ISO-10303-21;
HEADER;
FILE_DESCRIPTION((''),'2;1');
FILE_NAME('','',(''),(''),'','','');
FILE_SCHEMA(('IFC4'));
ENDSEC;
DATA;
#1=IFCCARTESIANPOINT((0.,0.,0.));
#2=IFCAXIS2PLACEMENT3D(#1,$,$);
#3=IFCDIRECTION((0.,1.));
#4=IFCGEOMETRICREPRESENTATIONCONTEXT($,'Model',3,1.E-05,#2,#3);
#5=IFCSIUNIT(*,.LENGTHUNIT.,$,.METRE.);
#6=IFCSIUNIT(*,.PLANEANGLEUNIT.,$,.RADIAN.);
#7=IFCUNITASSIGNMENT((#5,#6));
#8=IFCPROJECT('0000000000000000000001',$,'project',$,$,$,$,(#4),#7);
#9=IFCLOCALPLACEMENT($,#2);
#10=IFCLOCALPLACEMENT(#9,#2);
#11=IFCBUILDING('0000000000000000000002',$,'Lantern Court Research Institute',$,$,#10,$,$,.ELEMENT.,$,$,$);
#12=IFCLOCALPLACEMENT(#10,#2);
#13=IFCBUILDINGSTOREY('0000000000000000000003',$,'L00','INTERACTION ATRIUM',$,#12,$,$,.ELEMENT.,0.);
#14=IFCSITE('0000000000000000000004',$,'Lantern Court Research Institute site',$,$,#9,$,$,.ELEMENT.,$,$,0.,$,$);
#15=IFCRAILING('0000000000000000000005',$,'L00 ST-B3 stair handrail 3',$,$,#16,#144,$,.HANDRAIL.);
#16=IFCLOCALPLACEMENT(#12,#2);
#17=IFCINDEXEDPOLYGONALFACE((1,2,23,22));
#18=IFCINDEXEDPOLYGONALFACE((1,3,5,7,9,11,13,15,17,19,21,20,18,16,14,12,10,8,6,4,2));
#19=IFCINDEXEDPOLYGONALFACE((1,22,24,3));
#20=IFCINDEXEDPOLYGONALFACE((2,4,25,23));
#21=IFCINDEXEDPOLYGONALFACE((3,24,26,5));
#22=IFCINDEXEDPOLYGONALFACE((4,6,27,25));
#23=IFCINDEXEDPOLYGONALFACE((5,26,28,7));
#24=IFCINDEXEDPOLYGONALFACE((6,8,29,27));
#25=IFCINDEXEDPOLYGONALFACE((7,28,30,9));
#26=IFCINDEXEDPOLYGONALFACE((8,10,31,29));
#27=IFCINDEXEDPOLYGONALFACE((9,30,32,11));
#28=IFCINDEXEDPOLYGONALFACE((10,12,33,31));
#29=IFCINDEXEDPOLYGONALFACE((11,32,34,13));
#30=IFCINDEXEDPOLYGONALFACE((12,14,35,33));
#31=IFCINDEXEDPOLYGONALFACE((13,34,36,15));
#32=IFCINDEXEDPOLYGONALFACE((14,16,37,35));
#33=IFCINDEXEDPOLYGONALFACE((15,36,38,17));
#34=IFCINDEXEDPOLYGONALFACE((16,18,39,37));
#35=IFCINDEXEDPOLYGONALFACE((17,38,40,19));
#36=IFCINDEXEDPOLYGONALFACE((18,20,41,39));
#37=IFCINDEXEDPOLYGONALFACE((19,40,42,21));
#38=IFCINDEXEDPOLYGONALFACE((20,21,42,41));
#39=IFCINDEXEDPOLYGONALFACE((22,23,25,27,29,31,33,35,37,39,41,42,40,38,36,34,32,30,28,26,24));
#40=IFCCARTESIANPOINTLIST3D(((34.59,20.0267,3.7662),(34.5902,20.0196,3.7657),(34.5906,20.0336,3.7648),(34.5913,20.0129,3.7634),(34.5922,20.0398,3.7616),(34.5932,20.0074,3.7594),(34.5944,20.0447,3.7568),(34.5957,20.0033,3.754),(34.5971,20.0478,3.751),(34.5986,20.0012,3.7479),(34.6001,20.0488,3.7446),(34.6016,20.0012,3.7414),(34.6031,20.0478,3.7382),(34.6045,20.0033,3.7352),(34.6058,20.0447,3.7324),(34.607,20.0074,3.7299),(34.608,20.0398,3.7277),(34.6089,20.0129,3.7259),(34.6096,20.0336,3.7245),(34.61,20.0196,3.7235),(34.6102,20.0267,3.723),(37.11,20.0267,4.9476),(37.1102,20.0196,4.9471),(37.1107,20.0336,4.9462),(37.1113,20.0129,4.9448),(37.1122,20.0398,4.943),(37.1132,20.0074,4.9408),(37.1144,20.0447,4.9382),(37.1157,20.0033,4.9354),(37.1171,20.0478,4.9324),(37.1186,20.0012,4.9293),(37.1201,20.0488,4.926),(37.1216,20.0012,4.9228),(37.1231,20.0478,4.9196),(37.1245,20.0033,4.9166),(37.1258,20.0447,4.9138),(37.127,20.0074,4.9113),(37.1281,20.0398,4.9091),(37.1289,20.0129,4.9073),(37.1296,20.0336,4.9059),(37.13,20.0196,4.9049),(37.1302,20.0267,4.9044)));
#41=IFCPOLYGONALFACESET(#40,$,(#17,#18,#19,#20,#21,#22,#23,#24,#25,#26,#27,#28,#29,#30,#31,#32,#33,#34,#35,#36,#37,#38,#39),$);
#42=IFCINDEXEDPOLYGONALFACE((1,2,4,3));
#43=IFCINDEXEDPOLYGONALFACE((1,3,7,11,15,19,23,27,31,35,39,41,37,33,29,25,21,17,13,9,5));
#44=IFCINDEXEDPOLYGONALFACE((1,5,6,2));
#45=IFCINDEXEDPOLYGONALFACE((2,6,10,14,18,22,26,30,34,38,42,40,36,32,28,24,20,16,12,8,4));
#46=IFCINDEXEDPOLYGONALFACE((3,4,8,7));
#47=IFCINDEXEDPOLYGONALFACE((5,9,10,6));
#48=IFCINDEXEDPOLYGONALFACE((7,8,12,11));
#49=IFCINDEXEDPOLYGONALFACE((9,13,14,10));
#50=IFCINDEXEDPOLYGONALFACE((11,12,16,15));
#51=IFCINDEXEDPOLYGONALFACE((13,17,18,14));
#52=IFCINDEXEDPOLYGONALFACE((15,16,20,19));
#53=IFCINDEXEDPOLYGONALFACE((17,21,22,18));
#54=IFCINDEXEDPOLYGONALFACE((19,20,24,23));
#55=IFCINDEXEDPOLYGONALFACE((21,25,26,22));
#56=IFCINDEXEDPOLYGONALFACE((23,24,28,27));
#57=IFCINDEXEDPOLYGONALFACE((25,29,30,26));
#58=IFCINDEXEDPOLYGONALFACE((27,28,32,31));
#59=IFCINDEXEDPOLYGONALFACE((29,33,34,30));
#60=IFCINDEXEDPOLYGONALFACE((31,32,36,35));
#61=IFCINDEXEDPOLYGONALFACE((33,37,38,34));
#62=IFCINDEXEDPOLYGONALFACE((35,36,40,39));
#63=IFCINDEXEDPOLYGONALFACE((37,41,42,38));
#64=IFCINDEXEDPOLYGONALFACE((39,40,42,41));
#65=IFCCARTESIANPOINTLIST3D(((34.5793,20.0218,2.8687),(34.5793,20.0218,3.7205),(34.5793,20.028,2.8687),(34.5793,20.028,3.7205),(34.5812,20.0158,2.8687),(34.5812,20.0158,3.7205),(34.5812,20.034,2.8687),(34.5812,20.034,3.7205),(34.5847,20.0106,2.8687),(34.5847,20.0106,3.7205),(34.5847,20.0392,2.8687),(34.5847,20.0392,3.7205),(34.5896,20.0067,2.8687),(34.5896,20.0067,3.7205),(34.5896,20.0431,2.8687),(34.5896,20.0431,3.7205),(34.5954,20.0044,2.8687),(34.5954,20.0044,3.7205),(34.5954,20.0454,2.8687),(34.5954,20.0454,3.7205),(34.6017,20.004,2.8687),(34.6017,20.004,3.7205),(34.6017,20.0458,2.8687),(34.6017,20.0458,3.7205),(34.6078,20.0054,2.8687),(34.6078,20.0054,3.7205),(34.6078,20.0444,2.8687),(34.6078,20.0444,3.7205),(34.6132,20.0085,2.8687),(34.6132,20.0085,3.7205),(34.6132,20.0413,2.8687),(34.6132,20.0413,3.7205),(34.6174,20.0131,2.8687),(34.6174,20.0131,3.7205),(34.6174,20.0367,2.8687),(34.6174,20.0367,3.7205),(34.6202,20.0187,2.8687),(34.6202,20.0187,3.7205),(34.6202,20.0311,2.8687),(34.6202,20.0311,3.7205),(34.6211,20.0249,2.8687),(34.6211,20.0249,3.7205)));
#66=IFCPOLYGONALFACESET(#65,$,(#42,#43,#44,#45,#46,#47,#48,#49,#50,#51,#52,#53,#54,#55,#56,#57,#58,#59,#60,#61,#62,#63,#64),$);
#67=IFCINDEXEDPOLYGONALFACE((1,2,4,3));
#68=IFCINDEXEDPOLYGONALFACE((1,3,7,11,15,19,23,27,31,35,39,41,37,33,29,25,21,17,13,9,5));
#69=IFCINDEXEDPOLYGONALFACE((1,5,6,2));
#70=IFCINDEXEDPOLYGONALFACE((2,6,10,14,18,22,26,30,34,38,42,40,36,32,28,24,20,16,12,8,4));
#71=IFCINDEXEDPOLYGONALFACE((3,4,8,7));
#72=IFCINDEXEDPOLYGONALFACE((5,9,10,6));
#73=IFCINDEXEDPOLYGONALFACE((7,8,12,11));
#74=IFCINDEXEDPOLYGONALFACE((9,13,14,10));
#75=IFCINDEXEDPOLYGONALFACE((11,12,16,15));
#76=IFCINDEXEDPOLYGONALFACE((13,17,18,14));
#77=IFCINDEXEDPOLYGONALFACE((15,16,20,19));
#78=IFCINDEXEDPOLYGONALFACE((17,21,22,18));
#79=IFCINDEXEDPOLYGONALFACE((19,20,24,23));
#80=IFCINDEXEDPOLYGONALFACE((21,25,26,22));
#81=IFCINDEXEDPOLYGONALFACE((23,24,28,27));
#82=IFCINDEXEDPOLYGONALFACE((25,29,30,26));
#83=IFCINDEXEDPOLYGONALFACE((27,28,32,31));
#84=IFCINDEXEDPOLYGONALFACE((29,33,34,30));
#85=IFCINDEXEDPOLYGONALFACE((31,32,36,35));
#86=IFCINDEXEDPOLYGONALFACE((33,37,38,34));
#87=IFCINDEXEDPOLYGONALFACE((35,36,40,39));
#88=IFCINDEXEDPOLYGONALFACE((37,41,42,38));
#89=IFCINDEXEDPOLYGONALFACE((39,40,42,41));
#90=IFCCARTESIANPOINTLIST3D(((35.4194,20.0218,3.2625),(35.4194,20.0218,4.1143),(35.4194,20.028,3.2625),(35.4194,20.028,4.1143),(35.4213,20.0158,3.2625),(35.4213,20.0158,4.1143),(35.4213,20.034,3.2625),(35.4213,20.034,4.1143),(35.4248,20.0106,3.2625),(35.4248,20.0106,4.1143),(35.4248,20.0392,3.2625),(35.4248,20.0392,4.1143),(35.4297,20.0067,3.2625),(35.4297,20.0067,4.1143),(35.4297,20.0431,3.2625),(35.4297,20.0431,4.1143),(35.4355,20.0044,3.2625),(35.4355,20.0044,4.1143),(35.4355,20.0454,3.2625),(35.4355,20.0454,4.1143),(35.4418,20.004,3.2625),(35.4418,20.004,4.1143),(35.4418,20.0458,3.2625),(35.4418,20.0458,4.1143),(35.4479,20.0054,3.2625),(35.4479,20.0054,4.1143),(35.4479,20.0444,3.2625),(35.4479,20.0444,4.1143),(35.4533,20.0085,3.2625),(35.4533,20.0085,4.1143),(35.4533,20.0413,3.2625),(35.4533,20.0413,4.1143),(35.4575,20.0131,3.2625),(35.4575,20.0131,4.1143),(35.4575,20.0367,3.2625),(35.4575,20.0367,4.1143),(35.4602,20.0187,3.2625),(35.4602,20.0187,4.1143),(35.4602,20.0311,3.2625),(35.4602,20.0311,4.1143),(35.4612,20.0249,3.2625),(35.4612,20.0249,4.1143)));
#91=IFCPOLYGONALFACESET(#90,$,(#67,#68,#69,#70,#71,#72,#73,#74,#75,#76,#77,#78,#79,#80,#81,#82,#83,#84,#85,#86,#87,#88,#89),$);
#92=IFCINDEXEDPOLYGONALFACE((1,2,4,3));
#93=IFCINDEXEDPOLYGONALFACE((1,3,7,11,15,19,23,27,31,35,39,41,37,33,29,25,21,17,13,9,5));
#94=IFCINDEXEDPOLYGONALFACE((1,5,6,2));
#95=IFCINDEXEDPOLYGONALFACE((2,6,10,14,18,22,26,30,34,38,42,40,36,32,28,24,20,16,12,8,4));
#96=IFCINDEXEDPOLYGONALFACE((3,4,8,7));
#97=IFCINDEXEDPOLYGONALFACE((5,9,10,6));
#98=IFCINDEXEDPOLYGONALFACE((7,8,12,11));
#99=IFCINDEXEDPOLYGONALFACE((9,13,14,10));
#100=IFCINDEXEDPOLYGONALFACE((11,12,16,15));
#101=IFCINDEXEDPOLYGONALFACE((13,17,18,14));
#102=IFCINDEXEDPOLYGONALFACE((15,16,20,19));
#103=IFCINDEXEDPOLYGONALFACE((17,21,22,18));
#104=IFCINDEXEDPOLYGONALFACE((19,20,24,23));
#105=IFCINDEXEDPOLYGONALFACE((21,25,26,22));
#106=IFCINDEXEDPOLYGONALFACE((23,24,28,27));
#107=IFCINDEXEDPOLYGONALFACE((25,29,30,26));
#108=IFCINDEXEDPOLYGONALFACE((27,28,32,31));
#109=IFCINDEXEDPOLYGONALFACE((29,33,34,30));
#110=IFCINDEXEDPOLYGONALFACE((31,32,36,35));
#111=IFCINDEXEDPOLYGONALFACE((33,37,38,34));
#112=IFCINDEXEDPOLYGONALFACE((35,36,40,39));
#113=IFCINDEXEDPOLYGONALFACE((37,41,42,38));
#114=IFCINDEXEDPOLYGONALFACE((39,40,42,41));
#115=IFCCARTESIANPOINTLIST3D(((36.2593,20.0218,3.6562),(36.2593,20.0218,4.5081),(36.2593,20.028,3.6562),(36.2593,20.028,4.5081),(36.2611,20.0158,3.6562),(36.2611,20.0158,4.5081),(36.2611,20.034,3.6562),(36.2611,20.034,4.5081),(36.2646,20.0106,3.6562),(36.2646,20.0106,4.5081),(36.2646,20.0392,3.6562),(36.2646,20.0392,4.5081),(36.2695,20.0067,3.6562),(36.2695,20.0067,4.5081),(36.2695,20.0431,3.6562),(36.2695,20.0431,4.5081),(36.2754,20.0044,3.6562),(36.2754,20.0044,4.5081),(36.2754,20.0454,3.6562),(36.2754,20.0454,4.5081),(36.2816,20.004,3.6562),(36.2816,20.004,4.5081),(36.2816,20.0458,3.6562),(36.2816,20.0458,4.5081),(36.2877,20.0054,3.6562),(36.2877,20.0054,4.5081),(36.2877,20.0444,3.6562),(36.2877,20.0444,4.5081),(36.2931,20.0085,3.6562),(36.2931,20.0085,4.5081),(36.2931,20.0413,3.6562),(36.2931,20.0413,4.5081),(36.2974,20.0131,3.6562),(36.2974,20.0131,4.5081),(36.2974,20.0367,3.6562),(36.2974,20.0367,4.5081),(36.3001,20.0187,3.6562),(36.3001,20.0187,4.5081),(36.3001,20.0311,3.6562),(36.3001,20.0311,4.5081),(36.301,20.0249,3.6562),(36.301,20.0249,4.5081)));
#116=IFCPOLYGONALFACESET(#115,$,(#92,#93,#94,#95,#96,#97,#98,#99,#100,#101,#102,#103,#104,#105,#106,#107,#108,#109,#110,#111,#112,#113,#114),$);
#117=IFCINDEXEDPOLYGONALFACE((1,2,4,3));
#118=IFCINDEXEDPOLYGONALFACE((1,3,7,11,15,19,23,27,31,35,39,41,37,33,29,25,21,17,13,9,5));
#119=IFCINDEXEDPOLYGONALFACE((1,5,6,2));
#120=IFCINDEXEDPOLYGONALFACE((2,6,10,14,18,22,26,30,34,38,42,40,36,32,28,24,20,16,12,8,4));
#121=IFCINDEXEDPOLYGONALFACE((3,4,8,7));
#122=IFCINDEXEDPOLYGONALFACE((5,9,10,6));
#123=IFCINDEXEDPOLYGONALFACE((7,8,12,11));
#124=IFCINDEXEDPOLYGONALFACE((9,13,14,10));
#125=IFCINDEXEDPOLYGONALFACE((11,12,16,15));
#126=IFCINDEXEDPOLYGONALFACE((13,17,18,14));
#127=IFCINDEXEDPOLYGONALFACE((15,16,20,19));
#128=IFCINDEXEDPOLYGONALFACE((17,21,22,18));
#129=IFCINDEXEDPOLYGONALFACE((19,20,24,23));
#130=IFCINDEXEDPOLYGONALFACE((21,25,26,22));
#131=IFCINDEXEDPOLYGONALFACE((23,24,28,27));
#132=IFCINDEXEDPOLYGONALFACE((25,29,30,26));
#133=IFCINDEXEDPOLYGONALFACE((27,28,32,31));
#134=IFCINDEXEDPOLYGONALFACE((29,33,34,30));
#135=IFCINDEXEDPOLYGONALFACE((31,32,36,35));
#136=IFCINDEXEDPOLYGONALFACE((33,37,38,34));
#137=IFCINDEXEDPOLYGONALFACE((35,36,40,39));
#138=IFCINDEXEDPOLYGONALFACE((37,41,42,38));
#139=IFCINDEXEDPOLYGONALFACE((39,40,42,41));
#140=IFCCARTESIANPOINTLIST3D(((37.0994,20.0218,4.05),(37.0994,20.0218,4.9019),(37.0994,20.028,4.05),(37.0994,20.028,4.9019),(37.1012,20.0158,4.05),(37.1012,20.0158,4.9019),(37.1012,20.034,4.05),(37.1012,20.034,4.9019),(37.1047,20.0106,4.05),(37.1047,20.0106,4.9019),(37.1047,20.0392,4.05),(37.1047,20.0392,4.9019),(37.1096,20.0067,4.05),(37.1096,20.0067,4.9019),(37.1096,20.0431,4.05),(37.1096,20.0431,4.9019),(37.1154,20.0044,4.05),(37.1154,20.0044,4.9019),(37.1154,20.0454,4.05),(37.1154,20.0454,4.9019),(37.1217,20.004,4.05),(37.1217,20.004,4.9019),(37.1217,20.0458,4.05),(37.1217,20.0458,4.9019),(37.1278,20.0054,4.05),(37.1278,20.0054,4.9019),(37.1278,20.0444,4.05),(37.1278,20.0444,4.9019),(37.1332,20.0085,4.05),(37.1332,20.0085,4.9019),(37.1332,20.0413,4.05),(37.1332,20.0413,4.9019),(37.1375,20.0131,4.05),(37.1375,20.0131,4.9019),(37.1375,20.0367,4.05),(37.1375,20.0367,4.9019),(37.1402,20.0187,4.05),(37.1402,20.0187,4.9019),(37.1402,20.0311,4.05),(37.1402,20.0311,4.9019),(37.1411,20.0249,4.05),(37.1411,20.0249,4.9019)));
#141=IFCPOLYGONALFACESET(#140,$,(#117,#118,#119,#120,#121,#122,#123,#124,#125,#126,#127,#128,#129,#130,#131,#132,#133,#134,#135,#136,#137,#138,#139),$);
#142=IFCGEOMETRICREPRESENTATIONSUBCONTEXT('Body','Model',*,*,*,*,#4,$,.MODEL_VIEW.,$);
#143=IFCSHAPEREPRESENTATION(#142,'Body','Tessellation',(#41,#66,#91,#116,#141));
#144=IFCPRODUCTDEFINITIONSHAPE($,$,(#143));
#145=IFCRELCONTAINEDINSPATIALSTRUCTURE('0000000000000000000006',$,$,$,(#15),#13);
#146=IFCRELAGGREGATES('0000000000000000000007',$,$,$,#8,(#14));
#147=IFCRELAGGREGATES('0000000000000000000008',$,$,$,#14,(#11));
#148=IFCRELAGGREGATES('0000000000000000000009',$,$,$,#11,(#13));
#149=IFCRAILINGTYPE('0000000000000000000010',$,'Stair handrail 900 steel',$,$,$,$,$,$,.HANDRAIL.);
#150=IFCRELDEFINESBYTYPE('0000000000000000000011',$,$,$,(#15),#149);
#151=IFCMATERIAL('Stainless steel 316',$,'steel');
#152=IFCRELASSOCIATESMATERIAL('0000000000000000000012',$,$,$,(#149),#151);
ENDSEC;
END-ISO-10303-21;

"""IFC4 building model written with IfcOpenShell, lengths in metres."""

from ifc_helpers import new_model, si_unit, direction, frame, origin, origin_2d, place, context, subcontext, project, spatial, circle, extrude, material, type_object, element, save


model = new_model("IFC4")

# Units and contexts
model_context = context("Model", 3, precision=1e-05, world=origin(), true_north=direction((0.0, 1.0)))
body_context = subcontext(model_context, "Body", "Model", "MODEL_VIEW")
ifc_project = project(units=[si_unit("LENGTHUNIT", "METRE"), si_unit("PLANEANGLEUNIT", "RADIAN")], contexts=[model_context])

# Site, building, storey
site_placement = place(None, origin())
site = spatial("IfcSite", under=ifc_project, at=site_placement, Name="Lantern Court Research Institute site", CompositionType="ELEMENT", RefElevation=0.0)
building_placement = place(site_placement, origin())
building = spatial("IfcBuilding", under=site, at=building_placement, Name="Lantern Court Research Institute", CompositionType="ELEMENT")
storey_placement = place(building_placement, origin())
storey = spatial("IfcBuildingStorey", under=building, at=storey_placement, Name="L00", Description="INTERACTION ATRIUM", CompositionType="ELEMENT", Elevation=0.0)

# Railing
ifc_material_1 = material(Name="Stainless steel 316", Category="steel")
railing_type_1 = type_object("IfcRailingType", Name="Stair handrail 900 steel", PredefinedType="HANDRAIL", material=ifc_material_1)
railing_1_placement = place(storey_placement, frame((34.6001, 20.0249, 2.8687)))
element("IfcRailing", 1, at=railing_1_placement, inside=storey, type_object=railing_type_1, Name="L00 ST-B3 stair handrail 3", PredefinedType="HANDRAIL", context=body_context, shape_type="SweptSolid", body=[
    extrude(circle(Radius=0.0239, at=origin_2d()), frame((0.0, 0.0, 0.876), z_axis=(0.90544, 0.0, 0.424474), x_axis=(0.0, 1.0, 0.0)), (0.0, 0.0, 1.0), 2.7832),
    extrude(circle(Radius=0.021, at=origin_2d()), origin(), (0.0, 0.0, 1.0), 0.8518),
    extrude(circle(Radius=0.021, at=origin_2d()), frame((0.8401, 0.0, 0.3938)), (0.0, 0.0, 1.0), 0.8518),
    extrude(circle(Radius=0.021, at=origin_2d()), frame((1.6799, 0.0, 0.7876)), (0.0, 0.0, 1.0), 0.8518),
    extrude(circle(Radius=0.021, at=origin_2d()), frame((2.52, 0.0, 1.1814)), (0.0, 0.0, 1.0), 0.8518),
])

save(model, "model.ifc")
